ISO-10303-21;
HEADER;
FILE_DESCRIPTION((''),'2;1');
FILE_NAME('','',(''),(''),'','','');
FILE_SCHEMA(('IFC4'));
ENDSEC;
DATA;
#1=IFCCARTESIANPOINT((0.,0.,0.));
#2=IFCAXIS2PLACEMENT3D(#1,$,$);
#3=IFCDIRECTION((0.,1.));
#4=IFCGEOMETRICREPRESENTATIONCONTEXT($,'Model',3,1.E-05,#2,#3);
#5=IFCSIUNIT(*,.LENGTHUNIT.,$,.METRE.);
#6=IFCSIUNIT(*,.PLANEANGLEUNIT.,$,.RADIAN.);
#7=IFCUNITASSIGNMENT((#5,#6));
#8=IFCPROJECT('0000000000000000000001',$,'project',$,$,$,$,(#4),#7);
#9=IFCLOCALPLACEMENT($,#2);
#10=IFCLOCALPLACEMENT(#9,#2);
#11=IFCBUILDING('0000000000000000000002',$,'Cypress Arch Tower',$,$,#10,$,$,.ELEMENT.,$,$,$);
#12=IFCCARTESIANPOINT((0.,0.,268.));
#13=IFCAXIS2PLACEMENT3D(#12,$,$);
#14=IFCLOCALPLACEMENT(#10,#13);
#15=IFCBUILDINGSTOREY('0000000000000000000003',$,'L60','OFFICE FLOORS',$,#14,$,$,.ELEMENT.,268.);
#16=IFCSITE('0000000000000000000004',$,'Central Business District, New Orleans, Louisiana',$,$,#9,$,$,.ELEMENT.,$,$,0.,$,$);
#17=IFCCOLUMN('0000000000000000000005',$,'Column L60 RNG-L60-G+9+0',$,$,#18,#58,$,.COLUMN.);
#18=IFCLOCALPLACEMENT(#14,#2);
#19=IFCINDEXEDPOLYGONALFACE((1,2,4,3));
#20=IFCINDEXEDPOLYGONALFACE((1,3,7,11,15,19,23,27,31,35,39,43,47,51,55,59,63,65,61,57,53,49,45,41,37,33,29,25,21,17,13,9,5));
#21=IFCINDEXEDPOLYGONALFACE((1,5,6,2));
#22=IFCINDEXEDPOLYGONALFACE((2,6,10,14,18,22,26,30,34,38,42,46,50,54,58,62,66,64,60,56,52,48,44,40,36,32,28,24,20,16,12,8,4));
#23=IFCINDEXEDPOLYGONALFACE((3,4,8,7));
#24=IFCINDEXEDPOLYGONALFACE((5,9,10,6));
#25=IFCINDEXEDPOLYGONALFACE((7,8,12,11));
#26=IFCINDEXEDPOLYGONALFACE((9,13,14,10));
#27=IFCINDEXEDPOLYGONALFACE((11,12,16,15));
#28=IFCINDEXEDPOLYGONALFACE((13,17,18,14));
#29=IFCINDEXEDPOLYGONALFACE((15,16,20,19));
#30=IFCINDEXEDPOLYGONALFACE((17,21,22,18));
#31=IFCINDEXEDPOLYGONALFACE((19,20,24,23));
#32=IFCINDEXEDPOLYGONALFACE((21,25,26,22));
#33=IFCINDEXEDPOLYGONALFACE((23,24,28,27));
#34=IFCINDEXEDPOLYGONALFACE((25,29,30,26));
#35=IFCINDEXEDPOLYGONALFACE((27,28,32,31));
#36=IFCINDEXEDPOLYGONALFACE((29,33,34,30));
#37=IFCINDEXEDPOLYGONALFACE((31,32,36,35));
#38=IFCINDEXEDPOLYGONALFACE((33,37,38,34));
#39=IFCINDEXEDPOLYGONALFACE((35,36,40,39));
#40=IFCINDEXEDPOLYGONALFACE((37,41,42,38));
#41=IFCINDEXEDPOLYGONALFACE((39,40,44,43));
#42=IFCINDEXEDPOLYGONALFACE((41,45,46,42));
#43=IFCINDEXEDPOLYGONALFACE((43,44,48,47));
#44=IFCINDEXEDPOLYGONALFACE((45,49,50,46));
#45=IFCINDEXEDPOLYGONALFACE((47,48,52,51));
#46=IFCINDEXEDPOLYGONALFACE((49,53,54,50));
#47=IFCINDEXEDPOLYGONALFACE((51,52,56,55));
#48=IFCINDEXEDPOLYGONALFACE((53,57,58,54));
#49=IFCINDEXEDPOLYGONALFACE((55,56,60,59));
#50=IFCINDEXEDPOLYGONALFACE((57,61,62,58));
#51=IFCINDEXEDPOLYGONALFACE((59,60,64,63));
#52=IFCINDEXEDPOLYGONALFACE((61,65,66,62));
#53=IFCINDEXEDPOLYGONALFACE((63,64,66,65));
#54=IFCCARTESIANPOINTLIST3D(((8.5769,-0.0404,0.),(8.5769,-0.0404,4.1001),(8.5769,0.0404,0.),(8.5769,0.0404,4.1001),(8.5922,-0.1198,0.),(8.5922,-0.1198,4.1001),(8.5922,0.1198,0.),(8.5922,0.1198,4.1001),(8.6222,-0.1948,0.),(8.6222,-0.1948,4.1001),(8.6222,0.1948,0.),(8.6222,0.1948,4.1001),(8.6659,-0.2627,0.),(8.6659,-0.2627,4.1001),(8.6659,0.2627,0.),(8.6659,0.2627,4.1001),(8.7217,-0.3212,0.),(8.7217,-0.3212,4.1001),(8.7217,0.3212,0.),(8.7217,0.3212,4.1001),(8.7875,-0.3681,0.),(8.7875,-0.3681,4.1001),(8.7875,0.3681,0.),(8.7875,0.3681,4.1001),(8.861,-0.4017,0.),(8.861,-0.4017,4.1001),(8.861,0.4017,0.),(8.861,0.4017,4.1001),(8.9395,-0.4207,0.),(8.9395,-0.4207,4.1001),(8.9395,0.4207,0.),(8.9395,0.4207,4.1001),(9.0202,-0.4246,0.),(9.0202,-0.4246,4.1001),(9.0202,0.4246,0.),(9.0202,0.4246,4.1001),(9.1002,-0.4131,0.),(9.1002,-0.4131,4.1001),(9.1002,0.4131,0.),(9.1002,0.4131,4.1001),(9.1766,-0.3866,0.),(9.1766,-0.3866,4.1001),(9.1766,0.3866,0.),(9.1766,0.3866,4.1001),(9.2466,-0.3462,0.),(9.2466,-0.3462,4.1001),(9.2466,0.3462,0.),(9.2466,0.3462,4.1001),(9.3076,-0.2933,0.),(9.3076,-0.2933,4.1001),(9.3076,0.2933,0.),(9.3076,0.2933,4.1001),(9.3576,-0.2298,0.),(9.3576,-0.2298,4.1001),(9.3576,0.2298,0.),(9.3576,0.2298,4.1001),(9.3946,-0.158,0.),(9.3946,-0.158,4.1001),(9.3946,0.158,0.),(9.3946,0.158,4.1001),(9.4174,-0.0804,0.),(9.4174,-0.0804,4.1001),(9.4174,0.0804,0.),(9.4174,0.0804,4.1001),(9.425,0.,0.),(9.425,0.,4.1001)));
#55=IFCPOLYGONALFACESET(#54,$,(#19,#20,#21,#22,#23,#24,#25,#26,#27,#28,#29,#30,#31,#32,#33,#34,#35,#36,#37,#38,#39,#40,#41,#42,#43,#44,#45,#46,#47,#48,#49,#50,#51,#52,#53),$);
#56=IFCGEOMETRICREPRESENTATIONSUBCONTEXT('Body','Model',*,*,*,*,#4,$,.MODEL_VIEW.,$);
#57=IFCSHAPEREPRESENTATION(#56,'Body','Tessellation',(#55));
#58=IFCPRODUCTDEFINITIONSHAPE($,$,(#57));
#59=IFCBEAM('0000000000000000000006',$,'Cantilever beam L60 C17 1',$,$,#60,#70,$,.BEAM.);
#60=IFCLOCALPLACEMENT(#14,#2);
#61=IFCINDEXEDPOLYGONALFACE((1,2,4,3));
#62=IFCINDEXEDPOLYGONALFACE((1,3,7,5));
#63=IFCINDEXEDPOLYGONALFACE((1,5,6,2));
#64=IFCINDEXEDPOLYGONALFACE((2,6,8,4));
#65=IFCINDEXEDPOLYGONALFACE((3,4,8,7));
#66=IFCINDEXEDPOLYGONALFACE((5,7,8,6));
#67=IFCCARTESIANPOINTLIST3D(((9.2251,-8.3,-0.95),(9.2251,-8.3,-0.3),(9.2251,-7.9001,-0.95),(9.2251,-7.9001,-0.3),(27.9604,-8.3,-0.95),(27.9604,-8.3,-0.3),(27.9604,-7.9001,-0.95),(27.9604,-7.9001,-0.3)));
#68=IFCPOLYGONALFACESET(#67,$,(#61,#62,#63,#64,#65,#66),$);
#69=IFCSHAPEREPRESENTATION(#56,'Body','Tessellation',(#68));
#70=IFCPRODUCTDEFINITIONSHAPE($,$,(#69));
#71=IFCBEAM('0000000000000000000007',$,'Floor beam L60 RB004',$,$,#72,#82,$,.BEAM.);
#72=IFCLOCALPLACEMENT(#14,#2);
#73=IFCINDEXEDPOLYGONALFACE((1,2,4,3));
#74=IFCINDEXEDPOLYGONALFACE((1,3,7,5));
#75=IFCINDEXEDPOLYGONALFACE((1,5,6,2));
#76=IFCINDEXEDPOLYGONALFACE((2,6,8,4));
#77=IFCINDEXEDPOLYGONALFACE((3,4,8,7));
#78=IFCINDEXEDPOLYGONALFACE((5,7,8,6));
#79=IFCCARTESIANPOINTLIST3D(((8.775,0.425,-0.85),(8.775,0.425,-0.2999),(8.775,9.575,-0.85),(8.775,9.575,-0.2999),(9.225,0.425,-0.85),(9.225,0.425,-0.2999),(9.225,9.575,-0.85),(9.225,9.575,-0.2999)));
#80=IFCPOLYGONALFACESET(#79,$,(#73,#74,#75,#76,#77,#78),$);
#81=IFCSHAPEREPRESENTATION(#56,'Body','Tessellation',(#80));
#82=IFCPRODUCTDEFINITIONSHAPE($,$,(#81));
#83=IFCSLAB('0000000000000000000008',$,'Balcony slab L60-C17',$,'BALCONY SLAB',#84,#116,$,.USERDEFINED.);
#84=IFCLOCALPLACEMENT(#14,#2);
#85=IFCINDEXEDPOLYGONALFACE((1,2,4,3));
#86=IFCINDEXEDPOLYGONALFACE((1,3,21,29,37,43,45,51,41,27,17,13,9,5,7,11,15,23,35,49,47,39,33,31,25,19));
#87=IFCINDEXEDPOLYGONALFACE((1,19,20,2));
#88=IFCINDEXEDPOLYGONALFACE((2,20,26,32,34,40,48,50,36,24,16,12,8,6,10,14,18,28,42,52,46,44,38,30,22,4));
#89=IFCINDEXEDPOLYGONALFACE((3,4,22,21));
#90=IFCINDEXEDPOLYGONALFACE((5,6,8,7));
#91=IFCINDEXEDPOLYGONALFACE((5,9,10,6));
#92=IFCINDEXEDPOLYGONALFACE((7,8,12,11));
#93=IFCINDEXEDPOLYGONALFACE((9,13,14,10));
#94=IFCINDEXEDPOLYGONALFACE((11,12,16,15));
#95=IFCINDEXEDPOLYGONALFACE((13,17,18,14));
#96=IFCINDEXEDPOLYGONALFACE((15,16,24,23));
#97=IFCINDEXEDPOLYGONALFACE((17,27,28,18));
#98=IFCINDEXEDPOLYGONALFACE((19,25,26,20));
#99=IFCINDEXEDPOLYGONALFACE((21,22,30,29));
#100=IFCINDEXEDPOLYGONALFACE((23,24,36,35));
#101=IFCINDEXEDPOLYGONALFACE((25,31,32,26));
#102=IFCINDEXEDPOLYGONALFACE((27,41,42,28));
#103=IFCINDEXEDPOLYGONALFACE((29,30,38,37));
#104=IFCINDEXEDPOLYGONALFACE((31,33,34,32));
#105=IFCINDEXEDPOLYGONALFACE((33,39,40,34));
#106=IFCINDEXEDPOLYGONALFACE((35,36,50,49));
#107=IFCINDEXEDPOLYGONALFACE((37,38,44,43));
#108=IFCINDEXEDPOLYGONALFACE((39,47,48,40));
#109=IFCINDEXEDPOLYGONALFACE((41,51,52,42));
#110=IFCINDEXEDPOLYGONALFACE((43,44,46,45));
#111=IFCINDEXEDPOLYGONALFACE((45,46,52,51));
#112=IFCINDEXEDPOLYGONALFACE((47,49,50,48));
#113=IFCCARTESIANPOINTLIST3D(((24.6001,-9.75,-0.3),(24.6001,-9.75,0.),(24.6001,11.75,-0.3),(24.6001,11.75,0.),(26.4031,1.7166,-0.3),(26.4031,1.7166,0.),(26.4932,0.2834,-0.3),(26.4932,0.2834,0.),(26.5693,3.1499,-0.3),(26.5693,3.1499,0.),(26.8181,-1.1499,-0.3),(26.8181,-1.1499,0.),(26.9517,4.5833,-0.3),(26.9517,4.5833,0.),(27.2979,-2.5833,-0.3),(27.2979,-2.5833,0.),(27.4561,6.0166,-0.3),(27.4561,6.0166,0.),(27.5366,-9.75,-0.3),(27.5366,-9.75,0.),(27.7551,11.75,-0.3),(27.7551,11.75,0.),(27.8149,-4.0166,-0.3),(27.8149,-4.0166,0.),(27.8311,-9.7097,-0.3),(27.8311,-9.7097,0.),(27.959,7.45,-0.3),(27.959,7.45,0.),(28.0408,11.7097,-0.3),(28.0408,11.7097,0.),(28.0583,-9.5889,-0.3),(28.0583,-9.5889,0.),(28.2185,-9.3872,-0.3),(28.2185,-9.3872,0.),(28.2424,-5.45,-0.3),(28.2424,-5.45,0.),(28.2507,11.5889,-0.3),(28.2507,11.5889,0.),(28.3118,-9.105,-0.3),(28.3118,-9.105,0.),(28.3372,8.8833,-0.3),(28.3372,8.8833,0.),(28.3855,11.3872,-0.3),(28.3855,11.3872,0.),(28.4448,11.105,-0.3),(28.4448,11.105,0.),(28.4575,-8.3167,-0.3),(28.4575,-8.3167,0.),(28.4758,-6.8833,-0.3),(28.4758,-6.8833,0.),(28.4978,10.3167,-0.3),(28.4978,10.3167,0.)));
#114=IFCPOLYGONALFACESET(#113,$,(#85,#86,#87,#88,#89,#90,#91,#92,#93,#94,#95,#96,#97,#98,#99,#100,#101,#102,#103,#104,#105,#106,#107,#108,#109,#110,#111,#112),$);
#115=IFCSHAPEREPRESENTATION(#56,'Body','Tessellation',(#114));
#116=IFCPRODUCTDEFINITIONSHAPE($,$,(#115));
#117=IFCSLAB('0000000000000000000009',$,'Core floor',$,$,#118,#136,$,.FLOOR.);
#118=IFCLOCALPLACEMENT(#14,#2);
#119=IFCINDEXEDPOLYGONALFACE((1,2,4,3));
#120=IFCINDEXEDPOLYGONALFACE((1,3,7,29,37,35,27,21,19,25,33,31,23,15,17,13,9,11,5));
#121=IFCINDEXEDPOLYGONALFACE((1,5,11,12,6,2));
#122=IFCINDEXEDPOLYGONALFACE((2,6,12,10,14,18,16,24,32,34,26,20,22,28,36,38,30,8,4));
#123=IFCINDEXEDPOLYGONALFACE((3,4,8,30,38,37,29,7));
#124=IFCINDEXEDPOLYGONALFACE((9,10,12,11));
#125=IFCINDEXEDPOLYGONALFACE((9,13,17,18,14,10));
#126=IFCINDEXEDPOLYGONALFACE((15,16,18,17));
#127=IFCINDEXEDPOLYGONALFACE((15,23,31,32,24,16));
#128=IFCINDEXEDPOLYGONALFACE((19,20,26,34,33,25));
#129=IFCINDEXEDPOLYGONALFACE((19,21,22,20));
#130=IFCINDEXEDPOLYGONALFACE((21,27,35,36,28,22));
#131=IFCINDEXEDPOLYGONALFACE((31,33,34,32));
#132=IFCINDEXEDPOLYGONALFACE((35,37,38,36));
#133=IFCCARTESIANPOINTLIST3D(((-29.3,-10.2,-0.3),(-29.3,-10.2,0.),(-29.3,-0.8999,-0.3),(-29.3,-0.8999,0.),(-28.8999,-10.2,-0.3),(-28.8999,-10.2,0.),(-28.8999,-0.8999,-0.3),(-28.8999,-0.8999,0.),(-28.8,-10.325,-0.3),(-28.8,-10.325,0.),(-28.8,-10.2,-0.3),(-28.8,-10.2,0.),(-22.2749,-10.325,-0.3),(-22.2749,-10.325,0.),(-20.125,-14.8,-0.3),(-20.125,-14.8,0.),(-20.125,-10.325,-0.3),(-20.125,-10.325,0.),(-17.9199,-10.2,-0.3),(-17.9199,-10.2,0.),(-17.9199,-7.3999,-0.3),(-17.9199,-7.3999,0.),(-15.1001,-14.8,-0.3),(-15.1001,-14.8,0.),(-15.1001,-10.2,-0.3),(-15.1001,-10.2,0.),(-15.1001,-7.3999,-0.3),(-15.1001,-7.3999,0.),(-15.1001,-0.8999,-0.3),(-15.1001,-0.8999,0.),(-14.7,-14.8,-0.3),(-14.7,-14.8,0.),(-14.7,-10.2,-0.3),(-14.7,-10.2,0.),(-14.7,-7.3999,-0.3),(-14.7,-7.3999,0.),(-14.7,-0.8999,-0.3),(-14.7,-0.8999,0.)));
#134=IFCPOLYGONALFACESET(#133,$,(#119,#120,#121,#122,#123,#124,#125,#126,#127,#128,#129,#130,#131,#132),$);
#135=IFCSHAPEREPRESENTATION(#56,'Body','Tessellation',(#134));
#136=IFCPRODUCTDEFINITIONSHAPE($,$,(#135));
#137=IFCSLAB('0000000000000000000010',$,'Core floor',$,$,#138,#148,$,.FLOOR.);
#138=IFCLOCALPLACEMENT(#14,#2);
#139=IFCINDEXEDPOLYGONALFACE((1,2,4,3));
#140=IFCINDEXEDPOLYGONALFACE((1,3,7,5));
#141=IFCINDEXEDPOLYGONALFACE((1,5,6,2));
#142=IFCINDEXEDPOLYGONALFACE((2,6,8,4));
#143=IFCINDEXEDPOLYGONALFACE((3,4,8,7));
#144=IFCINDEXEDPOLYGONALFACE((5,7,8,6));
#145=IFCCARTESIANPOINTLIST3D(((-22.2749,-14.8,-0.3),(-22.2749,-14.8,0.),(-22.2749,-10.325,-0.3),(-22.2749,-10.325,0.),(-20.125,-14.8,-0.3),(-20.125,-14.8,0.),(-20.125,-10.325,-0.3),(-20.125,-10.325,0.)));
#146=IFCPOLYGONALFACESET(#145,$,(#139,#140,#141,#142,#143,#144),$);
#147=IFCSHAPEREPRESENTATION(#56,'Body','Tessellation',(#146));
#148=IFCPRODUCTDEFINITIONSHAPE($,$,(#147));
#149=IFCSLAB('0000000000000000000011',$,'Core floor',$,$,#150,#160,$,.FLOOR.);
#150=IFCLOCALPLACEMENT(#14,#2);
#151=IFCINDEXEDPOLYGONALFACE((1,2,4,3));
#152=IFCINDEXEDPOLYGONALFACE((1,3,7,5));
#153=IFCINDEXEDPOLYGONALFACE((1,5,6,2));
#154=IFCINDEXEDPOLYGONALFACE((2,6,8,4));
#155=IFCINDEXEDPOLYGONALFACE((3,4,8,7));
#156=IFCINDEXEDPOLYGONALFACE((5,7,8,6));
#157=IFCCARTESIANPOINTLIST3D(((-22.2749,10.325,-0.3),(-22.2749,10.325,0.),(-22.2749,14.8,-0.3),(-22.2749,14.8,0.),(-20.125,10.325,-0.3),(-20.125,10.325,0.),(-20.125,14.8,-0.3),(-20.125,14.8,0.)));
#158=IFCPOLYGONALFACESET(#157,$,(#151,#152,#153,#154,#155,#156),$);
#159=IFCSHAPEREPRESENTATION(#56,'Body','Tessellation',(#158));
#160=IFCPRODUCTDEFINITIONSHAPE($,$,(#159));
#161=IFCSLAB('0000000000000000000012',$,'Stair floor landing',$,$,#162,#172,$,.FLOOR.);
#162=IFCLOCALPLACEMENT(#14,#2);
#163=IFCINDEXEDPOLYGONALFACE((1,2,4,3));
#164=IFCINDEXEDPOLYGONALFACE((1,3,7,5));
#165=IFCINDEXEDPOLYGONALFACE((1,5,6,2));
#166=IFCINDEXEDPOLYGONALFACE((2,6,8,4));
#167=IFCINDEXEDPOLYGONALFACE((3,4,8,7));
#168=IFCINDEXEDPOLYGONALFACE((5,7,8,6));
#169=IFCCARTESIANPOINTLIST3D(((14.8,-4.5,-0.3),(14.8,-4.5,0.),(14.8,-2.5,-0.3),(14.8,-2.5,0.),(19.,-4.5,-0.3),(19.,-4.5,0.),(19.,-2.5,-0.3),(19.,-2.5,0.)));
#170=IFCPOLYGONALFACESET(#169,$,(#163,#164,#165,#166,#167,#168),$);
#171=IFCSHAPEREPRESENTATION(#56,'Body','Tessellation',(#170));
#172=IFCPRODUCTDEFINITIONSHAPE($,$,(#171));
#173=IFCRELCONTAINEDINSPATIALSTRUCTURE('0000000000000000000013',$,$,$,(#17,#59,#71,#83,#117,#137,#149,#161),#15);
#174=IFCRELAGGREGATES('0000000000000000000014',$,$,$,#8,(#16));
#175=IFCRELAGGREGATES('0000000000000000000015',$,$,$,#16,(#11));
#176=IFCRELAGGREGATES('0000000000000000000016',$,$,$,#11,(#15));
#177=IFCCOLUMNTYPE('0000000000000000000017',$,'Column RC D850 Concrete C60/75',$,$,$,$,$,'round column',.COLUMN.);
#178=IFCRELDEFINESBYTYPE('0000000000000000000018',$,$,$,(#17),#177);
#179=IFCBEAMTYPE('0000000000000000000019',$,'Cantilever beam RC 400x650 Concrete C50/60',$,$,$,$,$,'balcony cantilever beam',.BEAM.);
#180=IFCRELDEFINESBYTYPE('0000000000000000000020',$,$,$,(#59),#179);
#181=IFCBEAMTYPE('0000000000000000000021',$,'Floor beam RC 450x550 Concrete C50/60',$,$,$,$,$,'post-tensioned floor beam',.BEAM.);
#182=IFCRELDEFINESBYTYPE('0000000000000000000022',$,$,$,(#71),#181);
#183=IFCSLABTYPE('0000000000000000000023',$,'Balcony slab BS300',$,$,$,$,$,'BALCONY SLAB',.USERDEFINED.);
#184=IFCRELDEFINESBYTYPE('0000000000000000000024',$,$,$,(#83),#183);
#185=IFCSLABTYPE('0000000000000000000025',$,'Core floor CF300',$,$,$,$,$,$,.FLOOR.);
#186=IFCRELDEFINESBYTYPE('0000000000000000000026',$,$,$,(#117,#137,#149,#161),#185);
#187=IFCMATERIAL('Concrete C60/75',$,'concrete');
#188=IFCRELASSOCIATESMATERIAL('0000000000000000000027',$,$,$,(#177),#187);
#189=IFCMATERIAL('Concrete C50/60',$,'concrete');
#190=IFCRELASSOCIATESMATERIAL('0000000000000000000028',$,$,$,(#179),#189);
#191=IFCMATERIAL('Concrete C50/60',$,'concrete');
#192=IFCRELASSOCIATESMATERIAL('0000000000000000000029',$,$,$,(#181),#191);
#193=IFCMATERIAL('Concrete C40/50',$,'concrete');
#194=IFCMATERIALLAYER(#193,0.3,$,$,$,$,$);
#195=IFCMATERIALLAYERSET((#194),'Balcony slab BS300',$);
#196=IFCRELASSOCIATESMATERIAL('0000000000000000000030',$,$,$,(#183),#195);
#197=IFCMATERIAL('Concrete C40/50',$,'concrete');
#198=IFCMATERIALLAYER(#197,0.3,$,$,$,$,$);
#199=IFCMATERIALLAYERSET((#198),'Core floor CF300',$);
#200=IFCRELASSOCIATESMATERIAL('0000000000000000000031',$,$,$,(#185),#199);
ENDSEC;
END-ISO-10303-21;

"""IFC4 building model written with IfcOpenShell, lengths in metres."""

from ifc_helpers import new_model, si_unit, direction, frame, origin, origin_2d, place, context, subcontext, project, spatial, polyline, rectangle, circle, outline, extrude, material, layer, layer_set, material_profile, profile_set, type_object, element, save


model = new_model("IFC4")

# Units and contexts
model_context = context("Model", 3, precision=1e-05, world=origin(), true_north=direction((0.0, 1.0)))
body_context = subcontext(model_context, "Body", "Model", "MODEL_VIEW")
ifc_project = project(units=[si_unit("LENGTHUNIT", "METRE"), si_unit("PLANEANGLEUNIT", "RADIAN")], contexts=[model_context])

# Site, building, storey
site_placement = place(None, origin())
site = spatial("IfcSite", under=ifc_project, at=site_placement, Name="Central Business District, New Orleans, Louisiana", CompositionType="ELEMENT", RefElevation=0.0)
building_placement = place(site_placement, origin())
building = spatial("IfcBuilding", under=site, at=building_placement, Name="Cypress Arch Tower", CompositionType="ELEMENT")
storey_placement = place(building_placement, frame((0.0, 0.0, 268.0)))
storey = spatial("IfcBuildingStorey", under=building, at=storey_placement, Name="L60", Description="OFFICE FLOORS", CompositionType="ELEMENT", Elevation=268.0)

# Column
ifc_material_1 = material(Name="Concrete C60/75", Category="concrete")
ifc_material_profile_1 = material_profile(ifc_material_1, circle(Radius=0.425, at=origin_2d()), Name="RC D850")
ifc_profile_set_1 = profile_set([ifc_material_profile_1], Name="Concrete C60/75")
column_type = type_object("IfcColumnType", Name="Column RC D850 Concrete C60/75", ElementType="round column", PredefinedType="COLUMN", material=ifc_profile_set_1)
column_placement = place(storey_placement, frame((9.0, 0.0, 0.0), z_axis=(0.0, 0.0, 1.0), x_axis=(1.0, 0.0, 0.0)))
element("IfcColumn", 1, at=column_placement, inside=storey, type_object=column_type, Name="Column L60 RNG-L60-G+9+0", PredefinedType="COLUMN", context=body_context, shape_type="SweptSolid", body=[
    extrude(circle(Radius=0.425, at=origin_2d()), origin(), (0.0, 0.0, 1.0), 4.1001),
])

# Beams
ifc_material_2 = material(Name="Concrete C50/60", Category="concrete")
ifc_material_profile_2 = material_profile(ifc_material_2, rectangle(XDim=0.3999, YDim=0.6499, at=origin_2d()), Name="RC 400x650")
ifc_profile_set_2 = profile_set([ifc_material_profile_2], Name="Concrete C50/60")
beam_type_1 = type_object("IfcBeamType", Name="Cantilever beam RC 400x650 Concrete C50/60", ElementType="balcony cantilever beam", PredefinedType="BEAM", material=ifc_profile_set_2)
beam_1_placement = place(storey_placement, frame((9.2251, -8.1001, -0.625), z_axis=(1.0, 0.0, 0.0), x_axis=(0.0, 1.0, 0.0)))
element("IfcBeam", 2, at=beam_1_placement, inside=storey, type_object=beam_type_1, Name="Cantilever beam L60 C17 1", PredefinedType="BEAM", context=body_context, shape_type="SweptSolid", body=[
    extrude(rectangle(XDim=0.3999, YDim=0.6499, at=origin_2d()), origin(), (0.0, 0.0, 1.0), 18.7354),
])
ifc_material_3 = material(Name="Concrete C50/60", Category="concrete")
ifc_material_profile_3 = material_profile(ifc_material_3, rectangle(XDim=0.45, YDim=0.55, at=origin_2d()), Name="RC 450x550")
ifc_profile_set_3 = profile_set([ifc_material_profile_3], Name="Concrete C50/60")
beam_type_2 = type_object("IfcBeamType", Name="Floor beam RC 450x550 Concrete C50/60", ElementType="post-tensioned floor beam", PredefinedType="BEAM", material=ifc_profile_set_3)
beam_2_placement = place(storey_placement, frame((9.0, 0.425, -0.575), z_axis=(0.0, 1.0, 0.0), x_axis=(-1.0, 0.0, 0.0)))
element("IfcBeam", 3, at=beam_2_placement, inside=storey, type_object=beam_type_2, Name="Floor beam L60 RB004", PredefinedType="BEAM", context=body_context, shape_type="SweptSolid", body=[
    extrude(rectangle(XDim=0.45, YDim=0.55, at=origin_2d()), origin(), (0.0, 0.0, 1.0), 9.1499),
])

# Slabs
ifc_material_4 = material(Name="Concrete C40/50", Category="concrete")
ifc_layer_1 = layer(ifc_material_4, 0.3)
ifc_layer_set_1 = layer_set([ifc_layer_1], Name="Balcony slab BS300")
slab_type_1 = type_object("IfcSlabType", Name="Balcony slab BS300", ElementType="BALCONY SLAB", PredefinedType="USERDEFINED", material=ifc_layer_set_1)
slab_1_placement = place(storey_placement, frame((0.0, 0.0, -0.3)))
element("IfcSlab", 4, at=slab_1_placement, inside=storey, type_object=slab_type_1, Name="Balcony slab L60-C17", ObjectType="BALCONY SLAB", PredefinedType="USERDEFINED", context=body_context, shape_type="SweptSolid", body=[
    extrude(outline(polyline([(24.6001, -9.75), (27.5366, -9.75), (27.8311, -9.7097), (28.0583, -9.5889), (28.2185, -9.3872), (28.3118, -9.105), (28.4575, -8.3167), (28.4758, -6.8833), (28.2424, -5.45), (27.8149, -4.0166), (27.2979, -2.5833), (26.8181, -1.1499), (26.4932, 0.2834), (26.4031, 1.7166), (26.5693, 3.1499), (26.9517, 4.5833), (27.4561, 6.0166), (27.959, 7.45), (28.3372, 8.8833), (28.4978, 10.3167), (28.4448, 11.105), (28.3855, 11.3872), (28.2507, 11.5889), (28.0408, 11.7097), (27.7551, 11.75), (24.6001, 11.75), (24.6001, -9.75)])), origin(), (0.0, 0.0, 1.0), 0.3),
])
ifc_material_5 = material(Name="Concrete C40/50", Category="concrete")
ifc_layer_2 = layer(ifc_material_5, 0.3)
ifc_layer_set_2 = layer_set([ifc_layer_2], Name="Core floor CF300")
slab_type_2 = type_object("IfcSlabType", Name="Core floor CF300", PredefinedType="FLOOR", material=ifc_layer_set_2)
slab_2_placement = place(storey_placement, frame((0.0, 0.0, -0.3)))
element("IfcSlab", 5, at=slab_2_placement, inside=storey, type_object=slab_type_2, Name="Core floor", PredefinedType="FLOOR", context=body_context, shape_type="SweptSolid", body=[
    extrude(outline(polyline([(-28.8999, -10.2), (-29.3, -10.2), (-29.3, -0.8999), (-28.8999, -0.8999), (-15.1001, -0.8999), (-14.7, -0.8999), (-14.7, -7.3999), (-15.1001, -7.3999), (-17.9199, -7.3999), (-17.9199, -10.2), (-15.1001, -10.2), (-14.7, -10.2), (-14.7, -14.8), (-15.1001, -14.8), (-20.125, -14.8), (-20.125, -10.325), (-22.2749, -10.325), (-28.8, -10.325), (-28.8, -10.2), (-28.8999, -10.2)])), origin(), (0.0, 0.0, 1.0), 0.3),
])
slab_3_placement = place(storey_placement, frame((0.0, 0.0, -0.3)))
element("IfcSlab", 6, at=slab_3_placement, inside=storey, type_object=slab_type_2, Name="Core floor", PredefinedType="FLOOR", context=body_context, shape_type="SweptSolid", body=[
    extrude(outline(polyline([(-22.2749, -10.325), (-22.2749, -14.8), (-20.125, -14.8), (-20.125, -10.325), (-22.2749, -10.325)])), origin(), (0.0, 0.0, 1.0), 0.3),
])
slab_4_placement = place(storey_placement, frame((0.0, 0.0, -0.3)))
element("IfcSlab", 7, at=slab_4_placement, inside=storey, type_object=slab_type_2, Name="Core floor", PredefinedType="FLOOR", context=body_context, shape_type="SweptSolid", body=[
    extrude(outline(polyline([(-20.125, 14.8), (-22.2749, 14.8), (-22.2749, 10.325), (-20.125, 10.325), (-20.125, 14.8)])), origin(), (0.0, 0.0, 1.0), 0.3),
])
slab_5_placement = place(storey_placement, frame((0.0, 0.0, -0.3)))
element("IfcSlab", 8, at=slab_5_placement, inside=storey, type_object=slab_type_2, Name="Stair floor landing", PredefinedType="FLOOR", context=body_context, shape_type="SweptSolid", body=[
    extrude(outline(polyline([(19.0, -4.5), (19.0, -2.5), (14.8, -2.5), (14.8, -4.5), (19.0, -4.5)])), origin(), (0.0, 0.0, 1.0), 0.3),
])

save(model, "model.ifc")
